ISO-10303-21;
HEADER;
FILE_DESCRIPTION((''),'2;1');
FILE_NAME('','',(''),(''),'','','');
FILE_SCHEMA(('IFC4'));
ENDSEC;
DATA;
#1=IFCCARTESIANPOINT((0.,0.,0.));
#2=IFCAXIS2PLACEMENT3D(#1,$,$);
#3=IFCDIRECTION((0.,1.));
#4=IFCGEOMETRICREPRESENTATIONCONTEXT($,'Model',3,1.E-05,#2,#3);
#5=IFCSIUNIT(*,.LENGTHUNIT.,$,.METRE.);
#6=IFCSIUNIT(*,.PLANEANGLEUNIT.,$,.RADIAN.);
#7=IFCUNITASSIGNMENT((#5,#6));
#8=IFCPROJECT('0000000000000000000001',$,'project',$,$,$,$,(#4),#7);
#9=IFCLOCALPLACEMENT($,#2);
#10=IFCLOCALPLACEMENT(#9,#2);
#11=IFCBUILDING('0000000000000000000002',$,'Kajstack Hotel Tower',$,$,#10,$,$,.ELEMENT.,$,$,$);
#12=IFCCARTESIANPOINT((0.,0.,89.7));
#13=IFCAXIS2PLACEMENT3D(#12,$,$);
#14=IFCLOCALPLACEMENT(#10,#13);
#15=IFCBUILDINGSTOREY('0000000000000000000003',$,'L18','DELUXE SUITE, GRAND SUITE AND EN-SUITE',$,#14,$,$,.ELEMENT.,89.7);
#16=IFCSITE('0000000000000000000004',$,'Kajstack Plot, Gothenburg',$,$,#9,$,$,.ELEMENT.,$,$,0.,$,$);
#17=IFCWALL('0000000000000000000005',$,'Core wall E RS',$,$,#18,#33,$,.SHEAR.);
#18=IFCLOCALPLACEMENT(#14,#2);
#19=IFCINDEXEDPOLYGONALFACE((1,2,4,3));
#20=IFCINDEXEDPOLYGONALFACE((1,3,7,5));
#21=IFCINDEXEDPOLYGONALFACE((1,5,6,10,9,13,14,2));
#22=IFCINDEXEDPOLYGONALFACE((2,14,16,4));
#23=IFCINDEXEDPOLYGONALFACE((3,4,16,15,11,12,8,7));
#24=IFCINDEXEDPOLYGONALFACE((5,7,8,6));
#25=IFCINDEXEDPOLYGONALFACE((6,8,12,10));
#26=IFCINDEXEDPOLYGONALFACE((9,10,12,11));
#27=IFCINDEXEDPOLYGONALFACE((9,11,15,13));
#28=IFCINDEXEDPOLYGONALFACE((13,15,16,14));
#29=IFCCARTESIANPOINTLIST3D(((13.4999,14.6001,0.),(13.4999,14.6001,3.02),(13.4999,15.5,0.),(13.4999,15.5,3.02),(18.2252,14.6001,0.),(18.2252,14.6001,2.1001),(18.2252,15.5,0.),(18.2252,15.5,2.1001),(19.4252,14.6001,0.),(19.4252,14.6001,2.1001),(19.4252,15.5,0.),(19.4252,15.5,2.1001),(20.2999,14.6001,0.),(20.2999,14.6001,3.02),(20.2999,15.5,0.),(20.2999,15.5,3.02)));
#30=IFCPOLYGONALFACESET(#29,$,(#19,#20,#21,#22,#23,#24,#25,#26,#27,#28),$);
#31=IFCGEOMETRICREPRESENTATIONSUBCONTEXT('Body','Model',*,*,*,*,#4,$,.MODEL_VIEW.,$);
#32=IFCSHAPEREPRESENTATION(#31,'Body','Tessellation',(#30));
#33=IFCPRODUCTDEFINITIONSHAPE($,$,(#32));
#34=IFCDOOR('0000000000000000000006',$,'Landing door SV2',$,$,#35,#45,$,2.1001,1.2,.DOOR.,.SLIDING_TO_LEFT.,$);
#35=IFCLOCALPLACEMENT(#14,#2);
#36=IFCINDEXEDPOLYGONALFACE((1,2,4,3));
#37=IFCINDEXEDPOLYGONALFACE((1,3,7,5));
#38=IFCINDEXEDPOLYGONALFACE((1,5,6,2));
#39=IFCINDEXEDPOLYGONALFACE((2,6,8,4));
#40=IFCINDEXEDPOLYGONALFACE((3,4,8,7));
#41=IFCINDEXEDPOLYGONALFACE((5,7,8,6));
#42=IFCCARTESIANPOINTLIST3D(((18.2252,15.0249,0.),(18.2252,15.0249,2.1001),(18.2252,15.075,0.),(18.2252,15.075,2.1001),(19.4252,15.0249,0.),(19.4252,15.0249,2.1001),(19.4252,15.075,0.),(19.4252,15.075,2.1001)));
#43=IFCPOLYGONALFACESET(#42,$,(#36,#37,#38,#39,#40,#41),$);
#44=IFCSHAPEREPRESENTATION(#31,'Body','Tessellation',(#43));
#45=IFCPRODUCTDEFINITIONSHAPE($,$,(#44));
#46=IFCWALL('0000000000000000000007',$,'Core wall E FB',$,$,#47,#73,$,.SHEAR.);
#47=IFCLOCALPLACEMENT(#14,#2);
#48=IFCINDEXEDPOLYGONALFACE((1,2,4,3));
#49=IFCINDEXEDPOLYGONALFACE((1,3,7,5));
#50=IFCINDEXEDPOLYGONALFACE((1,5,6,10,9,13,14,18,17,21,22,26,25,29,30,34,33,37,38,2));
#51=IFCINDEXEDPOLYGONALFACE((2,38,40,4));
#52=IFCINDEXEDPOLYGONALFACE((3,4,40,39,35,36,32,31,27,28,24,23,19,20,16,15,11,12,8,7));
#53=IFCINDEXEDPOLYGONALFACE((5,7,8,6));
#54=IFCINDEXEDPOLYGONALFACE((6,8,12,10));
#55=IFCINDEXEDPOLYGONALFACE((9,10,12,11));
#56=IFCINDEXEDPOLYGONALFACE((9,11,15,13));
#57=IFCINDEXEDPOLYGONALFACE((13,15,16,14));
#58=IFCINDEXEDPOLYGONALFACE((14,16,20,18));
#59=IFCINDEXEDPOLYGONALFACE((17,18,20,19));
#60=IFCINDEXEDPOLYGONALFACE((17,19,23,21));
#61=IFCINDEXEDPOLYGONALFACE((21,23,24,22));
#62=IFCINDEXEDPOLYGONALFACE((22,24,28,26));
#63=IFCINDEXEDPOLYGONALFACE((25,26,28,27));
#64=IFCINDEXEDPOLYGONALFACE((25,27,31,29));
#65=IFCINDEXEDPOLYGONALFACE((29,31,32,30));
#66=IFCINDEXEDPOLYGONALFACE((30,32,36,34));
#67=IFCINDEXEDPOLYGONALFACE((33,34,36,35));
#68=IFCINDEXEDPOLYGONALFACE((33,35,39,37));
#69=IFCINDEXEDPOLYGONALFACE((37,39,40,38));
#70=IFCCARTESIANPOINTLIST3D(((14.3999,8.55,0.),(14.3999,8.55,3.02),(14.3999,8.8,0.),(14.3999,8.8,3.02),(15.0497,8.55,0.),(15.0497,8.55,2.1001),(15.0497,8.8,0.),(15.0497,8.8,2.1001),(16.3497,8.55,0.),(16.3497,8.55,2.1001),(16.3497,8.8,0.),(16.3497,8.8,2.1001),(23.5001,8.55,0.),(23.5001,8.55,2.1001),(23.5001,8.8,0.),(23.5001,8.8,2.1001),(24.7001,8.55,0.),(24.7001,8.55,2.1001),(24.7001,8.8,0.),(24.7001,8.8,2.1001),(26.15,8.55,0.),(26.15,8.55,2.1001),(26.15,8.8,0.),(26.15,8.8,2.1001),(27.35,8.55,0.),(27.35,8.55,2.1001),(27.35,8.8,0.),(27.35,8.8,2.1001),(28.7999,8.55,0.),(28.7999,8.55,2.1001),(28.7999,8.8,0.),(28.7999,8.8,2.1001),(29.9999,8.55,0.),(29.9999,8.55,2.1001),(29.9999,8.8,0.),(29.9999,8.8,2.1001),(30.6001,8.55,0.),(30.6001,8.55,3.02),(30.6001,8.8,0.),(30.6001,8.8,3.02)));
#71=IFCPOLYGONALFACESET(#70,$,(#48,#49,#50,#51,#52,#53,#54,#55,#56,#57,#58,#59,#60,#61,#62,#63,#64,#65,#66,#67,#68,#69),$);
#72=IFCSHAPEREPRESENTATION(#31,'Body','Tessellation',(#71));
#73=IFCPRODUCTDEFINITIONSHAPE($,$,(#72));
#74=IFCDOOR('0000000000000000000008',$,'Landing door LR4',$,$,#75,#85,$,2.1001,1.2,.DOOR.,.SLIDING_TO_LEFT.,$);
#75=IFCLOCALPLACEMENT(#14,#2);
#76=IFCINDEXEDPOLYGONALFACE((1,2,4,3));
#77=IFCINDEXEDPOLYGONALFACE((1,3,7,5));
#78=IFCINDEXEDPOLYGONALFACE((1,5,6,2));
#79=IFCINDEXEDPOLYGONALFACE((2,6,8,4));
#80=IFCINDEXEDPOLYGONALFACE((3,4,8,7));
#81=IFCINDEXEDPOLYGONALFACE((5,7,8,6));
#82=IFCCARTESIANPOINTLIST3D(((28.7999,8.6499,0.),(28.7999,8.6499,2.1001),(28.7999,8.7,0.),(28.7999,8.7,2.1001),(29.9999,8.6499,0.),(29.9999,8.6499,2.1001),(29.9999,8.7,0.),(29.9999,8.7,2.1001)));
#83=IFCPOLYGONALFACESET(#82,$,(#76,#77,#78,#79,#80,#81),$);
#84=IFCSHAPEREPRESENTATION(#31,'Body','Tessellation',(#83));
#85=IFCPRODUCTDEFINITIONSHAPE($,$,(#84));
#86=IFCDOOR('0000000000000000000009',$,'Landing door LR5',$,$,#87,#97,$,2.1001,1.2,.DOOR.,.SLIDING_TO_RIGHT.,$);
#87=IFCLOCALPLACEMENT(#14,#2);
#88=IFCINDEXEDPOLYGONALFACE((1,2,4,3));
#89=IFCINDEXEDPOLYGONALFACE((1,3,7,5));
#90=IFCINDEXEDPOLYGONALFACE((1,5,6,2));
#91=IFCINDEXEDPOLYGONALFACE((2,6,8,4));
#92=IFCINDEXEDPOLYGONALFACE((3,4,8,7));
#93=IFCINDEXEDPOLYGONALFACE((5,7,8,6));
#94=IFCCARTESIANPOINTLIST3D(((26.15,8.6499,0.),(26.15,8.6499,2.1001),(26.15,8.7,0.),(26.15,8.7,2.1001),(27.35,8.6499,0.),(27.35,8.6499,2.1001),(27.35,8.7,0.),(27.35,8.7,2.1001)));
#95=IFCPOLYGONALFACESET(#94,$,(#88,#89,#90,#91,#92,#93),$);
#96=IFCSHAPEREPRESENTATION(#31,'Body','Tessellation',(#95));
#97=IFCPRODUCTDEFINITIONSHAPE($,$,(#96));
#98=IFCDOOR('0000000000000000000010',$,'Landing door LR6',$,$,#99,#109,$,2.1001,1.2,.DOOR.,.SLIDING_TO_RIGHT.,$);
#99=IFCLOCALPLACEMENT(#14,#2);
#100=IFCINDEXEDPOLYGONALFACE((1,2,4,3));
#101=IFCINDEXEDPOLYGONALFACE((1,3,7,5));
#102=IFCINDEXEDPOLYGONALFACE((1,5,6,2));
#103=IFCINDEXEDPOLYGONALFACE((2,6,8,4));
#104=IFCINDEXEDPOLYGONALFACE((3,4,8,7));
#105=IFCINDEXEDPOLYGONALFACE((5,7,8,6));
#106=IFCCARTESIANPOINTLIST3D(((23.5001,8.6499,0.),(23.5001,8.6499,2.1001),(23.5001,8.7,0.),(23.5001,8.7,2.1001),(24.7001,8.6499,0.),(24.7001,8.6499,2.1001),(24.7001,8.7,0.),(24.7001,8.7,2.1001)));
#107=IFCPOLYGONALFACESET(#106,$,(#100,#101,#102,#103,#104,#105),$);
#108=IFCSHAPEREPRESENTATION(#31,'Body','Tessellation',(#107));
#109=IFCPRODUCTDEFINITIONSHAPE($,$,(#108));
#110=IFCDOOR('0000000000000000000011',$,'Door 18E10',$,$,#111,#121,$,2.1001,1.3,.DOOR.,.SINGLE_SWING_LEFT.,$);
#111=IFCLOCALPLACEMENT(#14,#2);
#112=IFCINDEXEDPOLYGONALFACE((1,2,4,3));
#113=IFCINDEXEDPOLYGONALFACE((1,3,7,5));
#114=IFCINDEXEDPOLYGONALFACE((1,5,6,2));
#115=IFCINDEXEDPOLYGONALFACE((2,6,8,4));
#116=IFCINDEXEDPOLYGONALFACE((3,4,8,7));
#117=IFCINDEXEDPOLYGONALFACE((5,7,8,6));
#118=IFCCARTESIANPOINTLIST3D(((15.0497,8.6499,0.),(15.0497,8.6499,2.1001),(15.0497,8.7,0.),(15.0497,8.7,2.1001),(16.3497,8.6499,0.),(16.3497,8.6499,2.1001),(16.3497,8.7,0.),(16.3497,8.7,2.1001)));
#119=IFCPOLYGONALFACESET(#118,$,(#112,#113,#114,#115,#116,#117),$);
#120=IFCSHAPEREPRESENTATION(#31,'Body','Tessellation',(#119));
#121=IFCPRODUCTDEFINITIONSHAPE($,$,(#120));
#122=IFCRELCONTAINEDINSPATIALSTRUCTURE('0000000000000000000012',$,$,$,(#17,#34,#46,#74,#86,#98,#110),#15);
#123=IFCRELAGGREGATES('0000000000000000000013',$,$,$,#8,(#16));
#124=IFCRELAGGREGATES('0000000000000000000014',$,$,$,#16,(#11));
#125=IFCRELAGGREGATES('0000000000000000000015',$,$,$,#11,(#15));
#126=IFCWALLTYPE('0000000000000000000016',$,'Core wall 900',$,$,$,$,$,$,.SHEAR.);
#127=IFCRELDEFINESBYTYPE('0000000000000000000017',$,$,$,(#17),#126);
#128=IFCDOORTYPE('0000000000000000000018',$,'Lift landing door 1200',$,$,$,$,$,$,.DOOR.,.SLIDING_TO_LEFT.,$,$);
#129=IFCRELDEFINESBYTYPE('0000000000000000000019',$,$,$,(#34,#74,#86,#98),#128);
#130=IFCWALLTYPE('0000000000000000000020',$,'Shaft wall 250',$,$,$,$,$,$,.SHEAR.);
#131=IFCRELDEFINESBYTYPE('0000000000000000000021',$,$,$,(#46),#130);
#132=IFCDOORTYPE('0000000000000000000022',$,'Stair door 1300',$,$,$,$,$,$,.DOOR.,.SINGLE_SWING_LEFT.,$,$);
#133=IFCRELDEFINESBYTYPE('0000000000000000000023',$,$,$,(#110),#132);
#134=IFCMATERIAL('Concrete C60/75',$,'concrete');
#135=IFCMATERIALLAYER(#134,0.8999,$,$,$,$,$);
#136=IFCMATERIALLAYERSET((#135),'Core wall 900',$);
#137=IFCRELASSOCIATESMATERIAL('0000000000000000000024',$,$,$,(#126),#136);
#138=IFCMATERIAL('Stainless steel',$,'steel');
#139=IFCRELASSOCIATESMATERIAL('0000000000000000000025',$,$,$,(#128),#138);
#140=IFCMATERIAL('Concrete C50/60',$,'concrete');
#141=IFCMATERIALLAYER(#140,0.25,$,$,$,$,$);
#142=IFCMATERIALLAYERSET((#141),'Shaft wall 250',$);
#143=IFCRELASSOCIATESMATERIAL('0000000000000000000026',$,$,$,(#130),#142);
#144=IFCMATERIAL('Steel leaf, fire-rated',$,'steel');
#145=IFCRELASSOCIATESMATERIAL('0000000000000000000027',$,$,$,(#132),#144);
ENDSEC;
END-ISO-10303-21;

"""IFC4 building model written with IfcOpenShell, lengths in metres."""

from ifc_helpers import new_model, si_unit, direction, frame, frame_2d, origin, place, context, subcontext, project, spatial, rectangle, extrude, material, layer, layer_set, type_object, element, fill, save


model = new_model("IFC4")

# Units and contexts
model_context = context("Model", 3, precision=1e-05, world=origin(), true_north=direction((0.0, 1.0)))
body_context = subcontext(model_context, "Body", "Model", "MODEL_VIEW")
ifc_project = project(units=[si_unit("LENGTHUNIT", "METRE"), si_unit("PLANEANGLEUNIT", "RADIAN")], contexts=[model_context])

# Site, building, storey
site_placement = place(None, origin())
site = spatial("IfcSite", under=ifc_project, at=site_placement, Name="Kajstack Plot, Gothenburg", CompositionType="ELEMENT", RefElevation=0.0)
building_placement = place(site_placement, origin())
building = spatial("IfcBuilding", under=site, at=building_placement, Name="Kajstack Hotel Tower", CompositionType="ELEMENT")
storey_placement = place(building_placement, frame((0.0, 0.0, 89.7)))
storey = spatial("IfcBuildingStorey", under=building, at=storey_placement, Name="L18", Description="DELUXE SUITE, GRAND SUITE AND EN-SUITE", CompositionType="ELEMENT", Elevation=89.7)

# Wall, opening, door
ifc_material_1 = material(Name="Concrete C60/75", Category="concrete")
ifc_layer_1 = layer(ifc_material_1, 0.8999)
ifc_layer_set_1 = layer_set([ifc_layer_1], Name="Core wall 900")
wall_type_1 = type_object("IfcWallType", Name="Core wall 900", PredefinedType="SHEAR", material=ifc_layer_set_1)
wall_1_placement = place(storey_placement, frame((13.5, 15.05, 0.0), z_axis=(0.0, 0.0, 1.0), x_axis=(1.0, 0.0, 0.0)))
wall_1 = element("IfcWall", 1, at=wall_1_placement, inside=storey, type_object=wall_type_1, Name="Core wall E RS", PredefinedType="SHEAR", context=body_context, shape_type="SweptSolid", body=[
    extrude(rectangle(XDim=6.8, YDim=0.8999, at=frame_2d((3.3999, 0.0))), origin(), (0.0, 0.0, 1.0), 3.02),
])
opening_1_placement = place(wall_1_placement, frame((4.7251, 0.0, 0.0)))
opening_1 = element("IfcOpeningElement", 2, at=opening_1_placement, cuts=wall_1, PredefinedType="OPENING", context=body_context, shape_type="SweptSolid", body=[
    extrude(rectangle(XDim=1.2, YDim=2.1001, at=frame_2d((0.6001, 1.05))), frame((0.0, 0.46, 0.0), z_axis=(0.0, -1.0, 0.0), x_axis=(1.0, 0.0, 0.0)), (0.0, 0.0, 1.0), 0.9199),
])
ifc_material_2 = material(Name="Stainless steel", Category="steel")
door_type_1 = type_object("IfcDoorType", Name="Lift landing door 1200", OperationType="SLIDING_TO_LEFT", PredefinedType="DOOR", material=ifc_material_2)
door_1_placement = place(opening_1_placement, origin())
door_1 = element("IfcDoor", 3, at=door_1_placement, inside=storey, type_object=door_type_1, Name="Landing door SV2", OperationType="SLIDING_TO_LEFT", OverallHeight=2.1001, OverallWidth=1.2, PredefinedType="DOOR", context=body_context, shape_type="SweptSolid", body=[
    extrude(rectangle(XDim=1.2, YDim=2.1001, at=frame_2d((0.6001, 1.05))), frame((0.0, 0.0249, 0.0), z_axis=(0.0, -1.0, 0.0), x_axis=(1.0, 0.0, 0.0)), (0.0, 0.0, 1.0), 0.05),
])
fill(opening_1, door_1)

# Wall, openings, doors
ifc_material_3 = material(Name="Concrete C50/60", Category="concrete")
ifc_layer_2 = layer(ifc_material_3, 0.25)
ifc_layer_set_2 = layer_set([ifc_layer_2], Name="Shaft wall 250")
wall_type_2 = type_object("IfcWallType", Name="Shaft wall 250", PredefinedType="SHEAR", material=ifc_layer_set_2)
wall_2_placement = place(storey_placement, frame((14.3999, 8.675, 0.0), z_axis=(0.0, 0.0, 1.0), x_axis=(1.0, 0.0, 0.0)))
wall_2 = element("IfcWall", 4, at=wall_2_placement, inside=storey, type_object=wall_type_2, Name="Core wall E FB", PredefinedType="SHEAR", context=body_context, shape_type="SweptSolid", body=[
    extrude(rectangle(XDim=16.2002, YDim=0.25, at=frame_2d((8.1001, 0.0))), origin(), (0.0, 0.0, 1.0), 3.02),
])
opening_2_placement = place(wall_2_placement, frame((14.3999, 0.0, 0.0)))
opening_2 = element("IfcOpeningElement", 5, at=opening_2_placement, cuts=wall_2, PredefinedType="OPENING", context=body_context, shape_type="SweptSolid", body=[
    extrude(rectangle(XDim=1.2, YDim=2.1001, at=frame_2d((0.6001, 1.05))), frame((0.0, 0.135, 0.0), z_axis=(0.0, -1.0, 0.0), x_axis=(1.0, 0.0, 0.0)), (0.0, 0.0, 1.0), 0.27),
])
opening_3_placement = place(wall_2_placement, frame((11.75, 0.0, 0.0)))
opening_3 = element("IfcOpeningElement", 6, at=opening_3_placement, cuts=wall_2, PredefinedType="OPENING", context=body_context, shape_type="SweptSolid", body=[
    extrude(rectangle(XDim=1.2, YDim=2.1001, at=frame_2d((0.6001, 1.05))), frame((0.0, 0.135, 0.0), z_axis=(0.0, -1.0, 0.0), x_axis=(1.0, 0.0, 0.0)), (0.0, 0.0, 1.0), 0.27),
])
opening_4_placement = place(wall_2_placement, frame((9.1001, 0.0, 0.0)))
opening_4 = element("IfcOpeningElement", 7, at=opening_4_placement, cuts=wall_2, PredefinedType="OPENING", context=body_context, shape_type="SweptSolid", body=[
    extrude(rectangle(XDim=1.2, YDim=2.1001, at=frame_2d((0.6001, 1.05))), frame((0.0, 0.135, 0.0), z_axis=(0.0, -1.0, 0.0), x_axis=(1.0, 0.0, 0.0)), (0.0, 0.0, 1.0), 0.27),
])
opening_5_placement = place(wall_2_placement, frame((0.6499, 0.0, 0.0)))
opening_5 = element("IfcOpeningElement", 8, at=opening_5_placement, cuts=wall_2, PredefinedType="OPENING", context=body_context, shape_type="SweptSolid", body=[
    extrude(rectangle(XDim=1.3, YDim=2.1001, at=frame_2d((0.6499, 1.05))), frame((0.0, 0.135, 0.0), z_axis=(0.0, -1.0, 0.0), x_axis=(1.0, 0.0, 0.0)), (0.0, 0.0, 1.0), 0.27),
])
door_2_placement = place(opening_2_placement, origin())
door_2 = element("IfcDoor", 9, at=door_2_placement, inside=storey, type_object=door_type_1, Name="Landing door LR4", OperationType="SLIDING_TO_LEFT", OverallHeight=2.1001, OverallWidth=1.2, PredefinedType="DOOR", context=body_context, shape_type="SweptSolid", body=[
    extrude(rectangle(XDim=1.2, YDim=2.1001, at=frame_2d((0.6001, 1.05))), frame((0.0, 0.0249, 0.0), z_axis=(0.0, -1.0, 0.0), x_axis=(1.0, 0.0, 0.0)), (0.0, 0.0, 1.0), 0.05),
])
fill(opening_2, door_2)
door_3_placement = place(opening_3_placement, origin())
door_3 = element("IfcDoor", 10, at=door_3_placement, inside=storey, type_object=door_type_1, Name="Landing door LR5", OperationType="SLIDING_TO_RIGHT", OverallHeight=2.1001, OverallWidth=1.2, PredefinedType="DOOR", context=body_context, shape_type="SweptSolid", body=[
    extrude(rectangle(XDim=1.2, YDim=2.1001, at=frame_2d((0.6001, 1.05))), frame((0.0, 0.0249, 0.0), z_axis=(0.0, -1.0, 0.0), x_axis=(1.0, 0.0, 0.0)), (0.0, 0.0, 1.0), 0.05),
])
fill(opening_3, door_3)
door_4_placement = place(opening_4_placement, origin())
door_4 = element("IfcDoor", 11, at=door_4_placement, inside=storey, type_object=door_type_1, Name="Landing door LR6", OperationType="SLIDING_TO_RIGHT", OverallHeight=2.1001, OverallWidth=1.2, PredefinedType="DOOR", context=body_context, shape_type="SweptSolid", body=[
    extrude(rectangle(XDim=1.2, YDim=2.1001, at=frame_2d((0.6001, 1.05))), frame((0.0, 0.0249, 0.0), z_axis=(0.0, -1.0, 0.0), x_axis=(1.0, 0.0, 0.0)), (0.0, 0.0, 1.0), 0.05),
])
fill(opening_4, door_4)
ifc_material_4 = material(Name="Steel leaf, fire-rated", Category="steel")
door_type_2 = type_object("IfcDoorType", Name="Stair door 1300", OperationType="SINGLE_SWING_LEFT", PredefinedType="DOOR", material=ifc_material_4)
door_5_placement = place(opening_5_placement, origin())
door_5 = element("IfcDoor", 12, at=door_5_placement, inside=storey, type_object=door_type_2, Name="Door 18E10", OperationType="SINGLE_SWING_LEFT", OverallHeight=2.1001, OverallWidth=1.3, PredefinedType="DOOR", context=body_context, shape_type="SweptSolid", body=[
    extrude(rectangle(XDim=1.3, YDim=2.1001, at=frame_2d((0.6499, 1.05))), frame((0.0, 0.0249, 0.0), z_axis=(0.0, -1.0, 0.0), x_axis=(1.0, 0.0, 0.0)), (0.0, 0.0, 1.0), 0.05),
])
fill(opening_5, door_5)

save(model, "model.ifc")
